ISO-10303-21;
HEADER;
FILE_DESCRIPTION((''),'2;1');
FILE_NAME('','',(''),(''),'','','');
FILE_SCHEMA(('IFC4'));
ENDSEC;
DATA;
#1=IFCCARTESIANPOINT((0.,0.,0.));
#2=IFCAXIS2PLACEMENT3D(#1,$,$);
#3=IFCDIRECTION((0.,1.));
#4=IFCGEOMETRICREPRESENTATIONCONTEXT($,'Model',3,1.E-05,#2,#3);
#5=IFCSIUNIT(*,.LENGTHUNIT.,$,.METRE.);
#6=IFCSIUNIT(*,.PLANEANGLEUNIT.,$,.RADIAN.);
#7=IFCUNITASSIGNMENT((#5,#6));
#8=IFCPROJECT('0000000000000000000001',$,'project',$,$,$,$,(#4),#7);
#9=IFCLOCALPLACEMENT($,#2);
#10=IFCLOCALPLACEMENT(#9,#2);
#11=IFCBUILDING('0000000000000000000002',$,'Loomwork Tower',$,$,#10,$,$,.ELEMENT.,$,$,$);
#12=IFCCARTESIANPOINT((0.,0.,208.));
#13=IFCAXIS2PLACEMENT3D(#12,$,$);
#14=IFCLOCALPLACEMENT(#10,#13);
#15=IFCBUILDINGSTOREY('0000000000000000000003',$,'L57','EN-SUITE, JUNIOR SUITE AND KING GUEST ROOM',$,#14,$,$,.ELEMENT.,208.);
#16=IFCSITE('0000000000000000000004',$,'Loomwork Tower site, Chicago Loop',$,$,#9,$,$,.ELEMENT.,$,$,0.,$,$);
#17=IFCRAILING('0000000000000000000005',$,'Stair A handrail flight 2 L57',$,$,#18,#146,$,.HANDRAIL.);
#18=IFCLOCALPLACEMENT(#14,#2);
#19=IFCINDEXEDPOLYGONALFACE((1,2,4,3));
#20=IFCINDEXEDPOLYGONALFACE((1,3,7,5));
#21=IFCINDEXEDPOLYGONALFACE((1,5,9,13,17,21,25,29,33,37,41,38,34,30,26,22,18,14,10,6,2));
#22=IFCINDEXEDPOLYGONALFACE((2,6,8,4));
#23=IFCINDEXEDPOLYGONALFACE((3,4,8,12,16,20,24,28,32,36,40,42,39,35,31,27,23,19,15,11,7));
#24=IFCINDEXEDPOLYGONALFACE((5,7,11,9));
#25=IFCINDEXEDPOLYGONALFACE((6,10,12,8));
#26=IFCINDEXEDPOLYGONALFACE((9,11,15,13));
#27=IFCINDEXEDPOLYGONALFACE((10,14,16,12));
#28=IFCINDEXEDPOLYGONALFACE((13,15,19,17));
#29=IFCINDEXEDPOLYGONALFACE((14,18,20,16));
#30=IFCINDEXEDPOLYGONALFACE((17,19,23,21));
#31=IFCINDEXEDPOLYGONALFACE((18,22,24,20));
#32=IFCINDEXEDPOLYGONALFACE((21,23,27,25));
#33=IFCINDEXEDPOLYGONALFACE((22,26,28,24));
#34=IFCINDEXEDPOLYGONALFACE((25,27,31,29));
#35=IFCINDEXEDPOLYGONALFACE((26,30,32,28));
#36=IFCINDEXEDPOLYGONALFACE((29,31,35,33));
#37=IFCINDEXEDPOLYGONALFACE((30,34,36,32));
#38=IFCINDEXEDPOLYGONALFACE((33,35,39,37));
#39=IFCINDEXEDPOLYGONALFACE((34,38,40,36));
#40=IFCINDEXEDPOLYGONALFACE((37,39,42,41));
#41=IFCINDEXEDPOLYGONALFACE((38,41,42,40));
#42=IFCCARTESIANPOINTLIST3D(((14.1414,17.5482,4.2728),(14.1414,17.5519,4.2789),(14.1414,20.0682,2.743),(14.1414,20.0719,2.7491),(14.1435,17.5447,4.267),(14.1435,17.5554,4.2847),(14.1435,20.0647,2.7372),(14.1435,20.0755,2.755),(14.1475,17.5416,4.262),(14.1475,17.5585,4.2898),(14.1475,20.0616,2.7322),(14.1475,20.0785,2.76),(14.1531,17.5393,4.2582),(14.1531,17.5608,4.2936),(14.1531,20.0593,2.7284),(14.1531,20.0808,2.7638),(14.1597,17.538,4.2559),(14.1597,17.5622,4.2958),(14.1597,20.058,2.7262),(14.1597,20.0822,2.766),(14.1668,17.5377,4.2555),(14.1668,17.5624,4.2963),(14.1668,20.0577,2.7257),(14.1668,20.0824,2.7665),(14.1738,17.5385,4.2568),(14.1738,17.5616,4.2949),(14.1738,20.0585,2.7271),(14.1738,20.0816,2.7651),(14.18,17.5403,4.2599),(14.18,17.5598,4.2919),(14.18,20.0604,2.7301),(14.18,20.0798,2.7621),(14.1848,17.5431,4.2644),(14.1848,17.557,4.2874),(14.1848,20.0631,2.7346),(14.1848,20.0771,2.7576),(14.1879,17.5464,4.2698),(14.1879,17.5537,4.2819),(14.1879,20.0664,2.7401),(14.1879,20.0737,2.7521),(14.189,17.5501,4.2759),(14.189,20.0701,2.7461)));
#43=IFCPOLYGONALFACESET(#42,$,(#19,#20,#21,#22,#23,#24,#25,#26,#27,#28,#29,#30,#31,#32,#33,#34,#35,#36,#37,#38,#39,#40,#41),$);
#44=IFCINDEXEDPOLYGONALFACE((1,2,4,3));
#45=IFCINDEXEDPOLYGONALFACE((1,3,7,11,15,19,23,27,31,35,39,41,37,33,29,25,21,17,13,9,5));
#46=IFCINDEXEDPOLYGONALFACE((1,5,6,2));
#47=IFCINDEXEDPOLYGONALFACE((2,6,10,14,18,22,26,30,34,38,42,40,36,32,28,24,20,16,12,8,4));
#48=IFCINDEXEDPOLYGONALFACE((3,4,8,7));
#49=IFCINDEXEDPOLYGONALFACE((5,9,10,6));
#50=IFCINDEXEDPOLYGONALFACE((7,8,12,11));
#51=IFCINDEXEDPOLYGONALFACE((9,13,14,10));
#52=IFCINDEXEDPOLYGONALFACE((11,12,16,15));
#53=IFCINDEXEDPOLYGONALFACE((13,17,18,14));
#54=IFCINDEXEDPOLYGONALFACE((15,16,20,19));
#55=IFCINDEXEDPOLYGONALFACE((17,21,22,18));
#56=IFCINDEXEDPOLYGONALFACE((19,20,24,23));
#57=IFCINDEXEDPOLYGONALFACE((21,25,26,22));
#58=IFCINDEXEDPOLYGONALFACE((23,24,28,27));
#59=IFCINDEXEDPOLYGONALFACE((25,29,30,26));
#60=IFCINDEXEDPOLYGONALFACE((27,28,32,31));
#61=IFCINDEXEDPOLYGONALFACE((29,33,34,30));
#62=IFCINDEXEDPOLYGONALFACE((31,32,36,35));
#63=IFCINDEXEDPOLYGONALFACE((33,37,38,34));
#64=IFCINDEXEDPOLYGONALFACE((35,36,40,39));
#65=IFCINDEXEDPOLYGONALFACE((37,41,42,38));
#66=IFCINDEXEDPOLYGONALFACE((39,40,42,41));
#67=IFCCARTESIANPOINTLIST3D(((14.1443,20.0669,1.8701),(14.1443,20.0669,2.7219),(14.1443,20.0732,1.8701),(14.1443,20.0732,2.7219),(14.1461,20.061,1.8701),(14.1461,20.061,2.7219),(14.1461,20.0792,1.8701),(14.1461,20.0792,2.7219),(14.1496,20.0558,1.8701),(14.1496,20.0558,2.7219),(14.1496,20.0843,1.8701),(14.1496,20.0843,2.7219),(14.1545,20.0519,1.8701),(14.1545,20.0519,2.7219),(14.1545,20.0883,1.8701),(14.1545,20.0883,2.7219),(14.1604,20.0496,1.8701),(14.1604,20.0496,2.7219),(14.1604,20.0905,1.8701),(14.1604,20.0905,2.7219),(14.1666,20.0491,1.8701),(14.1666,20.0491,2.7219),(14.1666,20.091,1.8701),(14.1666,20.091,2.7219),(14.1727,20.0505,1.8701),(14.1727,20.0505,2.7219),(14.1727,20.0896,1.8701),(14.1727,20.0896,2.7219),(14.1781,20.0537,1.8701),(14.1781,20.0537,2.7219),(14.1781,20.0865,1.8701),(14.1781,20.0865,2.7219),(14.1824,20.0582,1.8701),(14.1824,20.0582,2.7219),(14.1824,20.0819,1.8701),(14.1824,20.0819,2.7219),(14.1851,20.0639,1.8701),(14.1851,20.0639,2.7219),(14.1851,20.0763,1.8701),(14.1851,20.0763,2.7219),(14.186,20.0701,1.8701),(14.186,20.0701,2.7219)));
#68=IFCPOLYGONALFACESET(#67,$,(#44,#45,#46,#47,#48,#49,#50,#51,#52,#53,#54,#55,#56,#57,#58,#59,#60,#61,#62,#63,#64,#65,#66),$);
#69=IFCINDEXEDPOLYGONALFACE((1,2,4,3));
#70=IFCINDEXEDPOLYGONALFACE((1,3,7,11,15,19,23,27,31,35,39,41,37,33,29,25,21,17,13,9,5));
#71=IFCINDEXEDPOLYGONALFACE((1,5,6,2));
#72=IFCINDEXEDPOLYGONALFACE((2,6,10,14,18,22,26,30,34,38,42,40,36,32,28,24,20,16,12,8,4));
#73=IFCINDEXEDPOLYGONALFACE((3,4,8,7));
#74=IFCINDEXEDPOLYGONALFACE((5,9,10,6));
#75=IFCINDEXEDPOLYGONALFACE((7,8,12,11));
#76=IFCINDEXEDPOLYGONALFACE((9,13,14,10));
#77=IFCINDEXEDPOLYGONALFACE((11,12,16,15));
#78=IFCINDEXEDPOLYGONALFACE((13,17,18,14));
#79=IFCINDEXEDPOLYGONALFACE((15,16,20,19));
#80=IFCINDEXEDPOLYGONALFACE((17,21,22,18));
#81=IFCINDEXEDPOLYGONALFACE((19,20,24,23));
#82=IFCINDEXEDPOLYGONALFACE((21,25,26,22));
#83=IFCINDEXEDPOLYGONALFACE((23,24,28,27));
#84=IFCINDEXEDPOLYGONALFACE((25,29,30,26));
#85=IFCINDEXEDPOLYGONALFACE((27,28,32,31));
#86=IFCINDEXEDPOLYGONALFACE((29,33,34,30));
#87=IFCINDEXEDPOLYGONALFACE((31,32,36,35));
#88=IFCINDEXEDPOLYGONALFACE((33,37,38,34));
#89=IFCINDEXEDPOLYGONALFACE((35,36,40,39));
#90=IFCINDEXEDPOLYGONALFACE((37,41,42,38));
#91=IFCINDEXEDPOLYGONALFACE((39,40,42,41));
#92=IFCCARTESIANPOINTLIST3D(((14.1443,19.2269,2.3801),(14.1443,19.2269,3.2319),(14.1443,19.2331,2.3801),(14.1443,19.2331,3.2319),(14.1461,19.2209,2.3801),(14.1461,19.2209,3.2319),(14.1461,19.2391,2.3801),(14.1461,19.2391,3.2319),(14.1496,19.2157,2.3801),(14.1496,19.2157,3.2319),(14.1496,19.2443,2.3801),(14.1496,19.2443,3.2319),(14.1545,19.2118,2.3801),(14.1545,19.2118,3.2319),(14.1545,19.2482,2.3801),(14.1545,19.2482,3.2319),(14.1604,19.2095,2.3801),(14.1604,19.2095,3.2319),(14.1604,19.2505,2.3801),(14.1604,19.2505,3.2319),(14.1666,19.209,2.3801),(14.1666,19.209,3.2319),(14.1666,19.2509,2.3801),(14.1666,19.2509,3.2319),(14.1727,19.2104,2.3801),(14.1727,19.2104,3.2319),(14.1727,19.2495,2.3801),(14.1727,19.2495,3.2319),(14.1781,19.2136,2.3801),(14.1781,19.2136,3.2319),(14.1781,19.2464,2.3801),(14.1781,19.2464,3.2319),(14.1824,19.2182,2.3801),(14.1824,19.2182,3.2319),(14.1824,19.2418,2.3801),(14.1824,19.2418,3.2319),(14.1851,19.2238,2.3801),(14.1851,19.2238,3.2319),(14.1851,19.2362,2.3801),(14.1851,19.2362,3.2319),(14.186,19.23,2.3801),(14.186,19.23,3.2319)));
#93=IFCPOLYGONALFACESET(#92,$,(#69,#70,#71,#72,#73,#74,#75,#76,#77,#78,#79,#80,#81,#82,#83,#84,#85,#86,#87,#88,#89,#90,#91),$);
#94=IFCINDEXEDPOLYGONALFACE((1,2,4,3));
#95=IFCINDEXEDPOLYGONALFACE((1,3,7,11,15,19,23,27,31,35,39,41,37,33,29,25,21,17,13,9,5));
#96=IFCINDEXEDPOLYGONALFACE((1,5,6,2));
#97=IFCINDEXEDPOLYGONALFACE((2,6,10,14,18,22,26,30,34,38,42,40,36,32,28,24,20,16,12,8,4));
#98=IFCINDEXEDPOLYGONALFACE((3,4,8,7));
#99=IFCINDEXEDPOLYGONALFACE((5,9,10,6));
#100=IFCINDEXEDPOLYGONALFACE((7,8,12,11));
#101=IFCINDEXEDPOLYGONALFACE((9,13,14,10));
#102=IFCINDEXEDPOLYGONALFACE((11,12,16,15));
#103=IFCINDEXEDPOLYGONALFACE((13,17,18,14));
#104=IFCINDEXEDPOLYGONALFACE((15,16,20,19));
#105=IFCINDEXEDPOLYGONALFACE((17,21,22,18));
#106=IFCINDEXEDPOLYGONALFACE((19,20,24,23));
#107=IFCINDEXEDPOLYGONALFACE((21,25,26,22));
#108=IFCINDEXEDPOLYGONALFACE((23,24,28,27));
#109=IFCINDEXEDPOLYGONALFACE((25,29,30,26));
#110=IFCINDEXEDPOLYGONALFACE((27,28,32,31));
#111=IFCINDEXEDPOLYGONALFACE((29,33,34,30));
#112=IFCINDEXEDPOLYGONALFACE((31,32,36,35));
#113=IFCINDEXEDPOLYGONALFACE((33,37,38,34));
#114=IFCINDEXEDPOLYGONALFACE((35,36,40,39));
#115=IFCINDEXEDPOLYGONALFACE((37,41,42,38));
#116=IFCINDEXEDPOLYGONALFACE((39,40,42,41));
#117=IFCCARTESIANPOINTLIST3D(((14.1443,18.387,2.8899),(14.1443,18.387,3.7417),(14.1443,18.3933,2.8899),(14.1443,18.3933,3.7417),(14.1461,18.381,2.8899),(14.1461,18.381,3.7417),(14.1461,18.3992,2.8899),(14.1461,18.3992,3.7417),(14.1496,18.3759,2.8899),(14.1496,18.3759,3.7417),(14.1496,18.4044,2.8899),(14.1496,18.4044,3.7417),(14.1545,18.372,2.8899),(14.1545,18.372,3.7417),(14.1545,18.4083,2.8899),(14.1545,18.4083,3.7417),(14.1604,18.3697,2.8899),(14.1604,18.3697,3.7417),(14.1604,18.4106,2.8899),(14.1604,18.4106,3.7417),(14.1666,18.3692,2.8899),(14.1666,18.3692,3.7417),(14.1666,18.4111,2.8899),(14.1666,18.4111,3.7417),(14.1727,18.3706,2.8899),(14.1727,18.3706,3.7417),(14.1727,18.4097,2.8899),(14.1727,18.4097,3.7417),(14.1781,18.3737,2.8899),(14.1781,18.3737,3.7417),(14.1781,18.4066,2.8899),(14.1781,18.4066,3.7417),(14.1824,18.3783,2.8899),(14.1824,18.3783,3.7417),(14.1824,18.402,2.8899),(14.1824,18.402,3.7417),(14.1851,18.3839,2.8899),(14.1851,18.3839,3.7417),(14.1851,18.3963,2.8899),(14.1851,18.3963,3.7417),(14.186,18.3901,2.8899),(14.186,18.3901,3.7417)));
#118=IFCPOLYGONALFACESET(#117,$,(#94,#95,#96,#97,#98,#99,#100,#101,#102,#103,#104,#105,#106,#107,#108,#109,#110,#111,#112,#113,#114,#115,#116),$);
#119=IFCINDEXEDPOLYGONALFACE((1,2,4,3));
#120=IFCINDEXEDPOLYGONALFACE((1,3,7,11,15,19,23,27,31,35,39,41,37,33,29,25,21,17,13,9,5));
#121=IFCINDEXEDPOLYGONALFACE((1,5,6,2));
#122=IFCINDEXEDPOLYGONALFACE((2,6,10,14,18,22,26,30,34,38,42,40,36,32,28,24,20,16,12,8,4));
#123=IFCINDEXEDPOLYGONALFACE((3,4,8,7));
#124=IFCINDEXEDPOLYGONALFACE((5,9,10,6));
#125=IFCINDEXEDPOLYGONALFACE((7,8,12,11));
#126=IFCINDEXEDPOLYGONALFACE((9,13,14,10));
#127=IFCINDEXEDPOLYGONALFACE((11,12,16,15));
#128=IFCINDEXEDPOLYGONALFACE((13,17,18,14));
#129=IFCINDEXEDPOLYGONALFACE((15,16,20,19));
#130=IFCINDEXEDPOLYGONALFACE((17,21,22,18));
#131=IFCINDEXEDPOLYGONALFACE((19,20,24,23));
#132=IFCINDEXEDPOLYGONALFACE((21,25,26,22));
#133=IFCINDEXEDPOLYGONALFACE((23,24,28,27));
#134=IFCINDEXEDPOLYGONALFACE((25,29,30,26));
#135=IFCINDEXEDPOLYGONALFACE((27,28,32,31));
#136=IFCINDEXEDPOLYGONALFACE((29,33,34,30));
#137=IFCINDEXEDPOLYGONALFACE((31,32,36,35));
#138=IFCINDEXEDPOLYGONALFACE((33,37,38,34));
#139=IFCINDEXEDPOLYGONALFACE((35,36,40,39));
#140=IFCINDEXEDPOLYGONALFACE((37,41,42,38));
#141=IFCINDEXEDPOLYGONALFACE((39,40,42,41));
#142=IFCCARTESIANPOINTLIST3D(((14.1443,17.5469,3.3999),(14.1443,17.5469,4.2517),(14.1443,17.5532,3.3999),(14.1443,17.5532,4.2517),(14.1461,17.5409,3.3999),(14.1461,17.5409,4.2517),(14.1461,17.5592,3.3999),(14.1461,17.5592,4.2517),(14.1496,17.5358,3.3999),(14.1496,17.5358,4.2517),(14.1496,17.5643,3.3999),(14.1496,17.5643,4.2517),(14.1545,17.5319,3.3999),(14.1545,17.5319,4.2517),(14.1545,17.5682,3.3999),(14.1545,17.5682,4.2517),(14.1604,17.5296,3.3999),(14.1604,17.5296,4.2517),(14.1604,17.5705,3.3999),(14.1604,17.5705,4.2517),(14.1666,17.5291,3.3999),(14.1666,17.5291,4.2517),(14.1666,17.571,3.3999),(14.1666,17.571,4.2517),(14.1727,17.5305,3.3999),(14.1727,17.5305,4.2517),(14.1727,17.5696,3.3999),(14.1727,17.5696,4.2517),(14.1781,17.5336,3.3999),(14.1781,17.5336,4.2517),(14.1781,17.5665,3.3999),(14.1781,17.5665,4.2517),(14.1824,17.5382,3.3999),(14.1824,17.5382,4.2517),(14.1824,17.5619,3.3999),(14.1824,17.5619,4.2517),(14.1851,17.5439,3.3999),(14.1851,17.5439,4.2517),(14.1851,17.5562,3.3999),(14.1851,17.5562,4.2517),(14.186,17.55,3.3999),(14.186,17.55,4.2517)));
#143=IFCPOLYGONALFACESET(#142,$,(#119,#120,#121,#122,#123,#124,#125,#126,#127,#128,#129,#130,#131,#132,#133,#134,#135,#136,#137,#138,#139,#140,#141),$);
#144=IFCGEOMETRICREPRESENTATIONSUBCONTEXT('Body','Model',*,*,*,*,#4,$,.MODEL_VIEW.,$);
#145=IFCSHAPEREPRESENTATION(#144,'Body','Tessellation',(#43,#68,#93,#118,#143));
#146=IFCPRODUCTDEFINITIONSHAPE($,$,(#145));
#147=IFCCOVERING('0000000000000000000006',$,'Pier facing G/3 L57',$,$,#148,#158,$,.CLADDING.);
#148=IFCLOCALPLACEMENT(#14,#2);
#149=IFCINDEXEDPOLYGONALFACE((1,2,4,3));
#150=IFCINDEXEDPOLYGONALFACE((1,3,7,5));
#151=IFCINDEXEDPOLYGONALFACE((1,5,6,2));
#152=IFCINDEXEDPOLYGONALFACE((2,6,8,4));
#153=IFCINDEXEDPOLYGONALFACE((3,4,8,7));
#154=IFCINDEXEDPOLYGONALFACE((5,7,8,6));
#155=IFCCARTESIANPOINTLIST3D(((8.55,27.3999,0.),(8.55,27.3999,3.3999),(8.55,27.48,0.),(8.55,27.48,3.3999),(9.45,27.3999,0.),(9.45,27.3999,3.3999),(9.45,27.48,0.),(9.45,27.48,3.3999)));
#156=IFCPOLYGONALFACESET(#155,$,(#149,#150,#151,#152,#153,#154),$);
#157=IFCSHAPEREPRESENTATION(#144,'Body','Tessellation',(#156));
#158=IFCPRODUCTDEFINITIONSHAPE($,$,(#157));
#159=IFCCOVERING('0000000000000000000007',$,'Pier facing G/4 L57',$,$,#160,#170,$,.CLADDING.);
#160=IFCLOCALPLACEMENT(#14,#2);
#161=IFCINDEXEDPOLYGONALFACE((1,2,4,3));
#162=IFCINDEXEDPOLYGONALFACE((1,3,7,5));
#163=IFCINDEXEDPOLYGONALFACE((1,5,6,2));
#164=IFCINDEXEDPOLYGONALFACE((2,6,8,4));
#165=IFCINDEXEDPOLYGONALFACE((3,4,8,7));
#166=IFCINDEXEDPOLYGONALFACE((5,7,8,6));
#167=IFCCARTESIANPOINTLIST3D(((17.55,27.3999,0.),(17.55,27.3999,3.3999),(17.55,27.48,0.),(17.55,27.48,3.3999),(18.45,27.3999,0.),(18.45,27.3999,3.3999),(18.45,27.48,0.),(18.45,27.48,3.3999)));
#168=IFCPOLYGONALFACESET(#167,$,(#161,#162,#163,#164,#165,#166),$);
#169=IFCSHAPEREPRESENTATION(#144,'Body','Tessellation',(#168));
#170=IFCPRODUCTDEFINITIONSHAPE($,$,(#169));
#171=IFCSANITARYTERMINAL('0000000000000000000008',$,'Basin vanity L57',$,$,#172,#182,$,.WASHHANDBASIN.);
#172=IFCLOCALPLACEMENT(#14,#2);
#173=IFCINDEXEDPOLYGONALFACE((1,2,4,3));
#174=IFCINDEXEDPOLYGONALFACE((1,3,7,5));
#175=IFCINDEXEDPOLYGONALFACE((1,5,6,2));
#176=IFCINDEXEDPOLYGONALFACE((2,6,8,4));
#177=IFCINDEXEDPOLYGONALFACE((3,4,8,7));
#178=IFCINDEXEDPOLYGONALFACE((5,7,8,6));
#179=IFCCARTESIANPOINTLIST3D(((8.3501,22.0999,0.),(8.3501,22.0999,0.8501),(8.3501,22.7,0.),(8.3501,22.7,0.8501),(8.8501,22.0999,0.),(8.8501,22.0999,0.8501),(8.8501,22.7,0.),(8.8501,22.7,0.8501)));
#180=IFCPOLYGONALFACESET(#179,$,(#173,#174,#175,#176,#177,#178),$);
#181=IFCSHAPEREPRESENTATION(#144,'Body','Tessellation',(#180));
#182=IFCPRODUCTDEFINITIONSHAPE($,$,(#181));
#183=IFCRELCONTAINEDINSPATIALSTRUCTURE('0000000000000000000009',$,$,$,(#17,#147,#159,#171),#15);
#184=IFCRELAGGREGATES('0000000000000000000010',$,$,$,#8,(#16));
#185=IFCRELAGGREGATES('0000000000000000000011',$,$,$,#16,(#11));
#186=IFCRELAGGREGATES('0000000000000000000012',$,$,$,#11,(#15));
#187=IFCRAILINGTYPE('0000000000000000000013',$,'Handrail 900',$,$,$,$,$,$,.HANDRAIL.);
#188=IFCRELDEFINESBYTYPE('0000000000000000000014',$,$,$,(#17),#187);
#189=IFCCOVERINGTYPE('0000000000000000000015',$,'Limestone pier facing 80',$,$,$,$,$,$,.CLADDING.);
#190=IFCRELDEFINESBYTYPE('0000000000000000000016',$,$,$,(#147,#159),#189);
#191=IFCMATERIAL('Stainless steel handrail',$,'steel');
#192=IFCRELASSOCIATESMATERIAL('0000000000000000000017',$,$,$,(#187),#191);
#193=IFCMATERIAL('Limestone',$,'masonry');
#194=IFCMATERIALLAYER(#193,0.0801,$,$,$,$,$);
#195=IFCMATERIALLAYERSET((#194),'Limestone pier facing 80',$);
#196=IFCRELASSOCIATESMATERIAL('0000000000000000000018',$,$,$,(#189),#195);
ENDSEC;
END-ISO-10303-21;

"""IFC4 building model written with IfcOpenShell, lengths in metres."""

from ifc_helpers import new_model, si_unit, direction, frame, origin, origin_2d, place, context, subcontext, project, spatial, rectangle, circle, extrude, material, layer, layer_set, type_object, element, save


model = new_model("IFC4")

# Units and contexts
model_context = context("Model", 3, precision=1e-05, world=origin(), true_north=direction((0.0, 1.0)))
body_context = subcontext(model_context, "Body", "Model", "MODEL_VIEW")
ifc_project = project(units=[si_unit("LENGTHUNIT", "METRE"), si_unit("PLANEANGLEUNIT", "RADIAN")], contexts=[model_context])

# Site, building, storey
site_placement = place(None, origin())
site = spatial("IfcSite", under=ifc_project, at=site_placement, Name="Loomwork Tower site, Chicago Loop", CompositionType="ELEMENT", RefElevation=0.0)
building_placement = place(site_placement, origin())
building = spatial("IfcBuilding", under=site, at=building_placement, Name="Loomwork Tower", CompositionType="ELEMENT")
storey_placement = place(building_placement, frame((0.0, 0.0, 208.0)))
storey = spatial("IfcBuildingStorey", under=building, at=storey_placement, Name="L57", Description="EN-SUITE, JUNIOR SUITE AND KING GUEST ROOM", CompositionType="ELEMENT", Elevation=208.0)

# Railing
ifc_material_1 = material(Name="Stainless steel handrail", Category="steel")
railing_type = type_object("IfcRailingType", Name="Handrail 900", PredefinedType="HANDRAIL", material=ifc_material_1)
railing_placement = place(storey_placement, frame((14.165, 20.0701, 1.8701)))
element("IfcRailing", 1, at=railing_placement, inside=storey, type_object=railing_type, Name="Stair A handrail flight 2 L57", PredefinedType="HANDRAIL", context=body_context, shape_type="SweptSolid", body=[
    extrude(circle(Radius=0.0239, at=origin_2d()), frame((0.0, 0.0, 0.876), z_axis=(0.0, -0.854822, 0.518922), x_axis=(1.0, 0.0, 0.0)), (0.0, 0.0, 1.0), 2.948),
    extrude(circle(Radius=0.021, at=origin_2d()), origin(), (0.0, 0.0, 1.0), 0.8518),
    extrude(circle(Radius=0.021, at=origin_2d()), frame((0.0, -0.8401, 0.51)), (0.0, 0.0, 1.0), 0.8518),
    extrude(circle(Radius=0.021, at=origin_2d()), frame((0.0, -1.6799, 1.0198)), (0.0, 0.0, 1.0), 0.8518),
    extrude(circle(Radius=0.021, at=origin_2d()), frame((0.0, -2.52, 1.5298)), (0.0, 0.0, 1.0), 0.8518),
])

# Coverings
ifc_material_2 = material(Name="Limestone", Category="masonry")
ifc_layer_1 = layer(ifc_material_2, 0.0801)
ifc_layer_set_1 = layer_set([ifc_layer_1], Name="Limestone pier facing 80")
covering_type = type_object("IfcCoveringType", Name="Limestone pier facing 80", PredefinedType="CLADDING", material=ifc_layer_set_1)
for number, where, z_axis, x_axis, name in (
    (2, (9.0, 27.4399, 0.0), (0.0, 0.0, 1.0), (1.0, 0.0, 0.0), "Pier facing G/3 L57"),
    (3, (18.0, 27.4399, 0.0), (0.0, 0.0, 1.0), (1.0, 0.0, 0.0), "Pier facing G/4 L57"),
):
    element("IfcCovering", number, at=place(storey_placement, frame(where, z_axis=z_axis, x_axis=x_axis)), inside=storey, type_object=covering_type, Name=name, PredefinedType="CLADDING", context=body_context, shape_type="SweptSolid", body=[
        extrude(rectangle(XDim=0.8999, YDim=0.0801, at=origin_2d()), origin(), (0.0, 0.0, 1.0), 3.3999),
    ])

# Sanitary terminal
sanitary_terminal_placement = place(storey_placement, frame((8.6001, 22.3999, 0.0), z_axis=(0.0, 0.0, 1.0), x_axis=(1.0, 0.0, 0.0)))
element("IfcSanitaryTerminal", 4, at=sanitary_terminal_placement, inside=storey, Name="Basin vanity L57", PredefinedType="WASHHANDBASIN", context=body_context, shape_type="SweptSolid", body=[
    extrude(rectangle(XDim=0.5, YDim=0.6001, at=origin_2d()), origin(), (0.0, 0.0, 1.0), 0.8501),
])

save(model, "model.ifc")
